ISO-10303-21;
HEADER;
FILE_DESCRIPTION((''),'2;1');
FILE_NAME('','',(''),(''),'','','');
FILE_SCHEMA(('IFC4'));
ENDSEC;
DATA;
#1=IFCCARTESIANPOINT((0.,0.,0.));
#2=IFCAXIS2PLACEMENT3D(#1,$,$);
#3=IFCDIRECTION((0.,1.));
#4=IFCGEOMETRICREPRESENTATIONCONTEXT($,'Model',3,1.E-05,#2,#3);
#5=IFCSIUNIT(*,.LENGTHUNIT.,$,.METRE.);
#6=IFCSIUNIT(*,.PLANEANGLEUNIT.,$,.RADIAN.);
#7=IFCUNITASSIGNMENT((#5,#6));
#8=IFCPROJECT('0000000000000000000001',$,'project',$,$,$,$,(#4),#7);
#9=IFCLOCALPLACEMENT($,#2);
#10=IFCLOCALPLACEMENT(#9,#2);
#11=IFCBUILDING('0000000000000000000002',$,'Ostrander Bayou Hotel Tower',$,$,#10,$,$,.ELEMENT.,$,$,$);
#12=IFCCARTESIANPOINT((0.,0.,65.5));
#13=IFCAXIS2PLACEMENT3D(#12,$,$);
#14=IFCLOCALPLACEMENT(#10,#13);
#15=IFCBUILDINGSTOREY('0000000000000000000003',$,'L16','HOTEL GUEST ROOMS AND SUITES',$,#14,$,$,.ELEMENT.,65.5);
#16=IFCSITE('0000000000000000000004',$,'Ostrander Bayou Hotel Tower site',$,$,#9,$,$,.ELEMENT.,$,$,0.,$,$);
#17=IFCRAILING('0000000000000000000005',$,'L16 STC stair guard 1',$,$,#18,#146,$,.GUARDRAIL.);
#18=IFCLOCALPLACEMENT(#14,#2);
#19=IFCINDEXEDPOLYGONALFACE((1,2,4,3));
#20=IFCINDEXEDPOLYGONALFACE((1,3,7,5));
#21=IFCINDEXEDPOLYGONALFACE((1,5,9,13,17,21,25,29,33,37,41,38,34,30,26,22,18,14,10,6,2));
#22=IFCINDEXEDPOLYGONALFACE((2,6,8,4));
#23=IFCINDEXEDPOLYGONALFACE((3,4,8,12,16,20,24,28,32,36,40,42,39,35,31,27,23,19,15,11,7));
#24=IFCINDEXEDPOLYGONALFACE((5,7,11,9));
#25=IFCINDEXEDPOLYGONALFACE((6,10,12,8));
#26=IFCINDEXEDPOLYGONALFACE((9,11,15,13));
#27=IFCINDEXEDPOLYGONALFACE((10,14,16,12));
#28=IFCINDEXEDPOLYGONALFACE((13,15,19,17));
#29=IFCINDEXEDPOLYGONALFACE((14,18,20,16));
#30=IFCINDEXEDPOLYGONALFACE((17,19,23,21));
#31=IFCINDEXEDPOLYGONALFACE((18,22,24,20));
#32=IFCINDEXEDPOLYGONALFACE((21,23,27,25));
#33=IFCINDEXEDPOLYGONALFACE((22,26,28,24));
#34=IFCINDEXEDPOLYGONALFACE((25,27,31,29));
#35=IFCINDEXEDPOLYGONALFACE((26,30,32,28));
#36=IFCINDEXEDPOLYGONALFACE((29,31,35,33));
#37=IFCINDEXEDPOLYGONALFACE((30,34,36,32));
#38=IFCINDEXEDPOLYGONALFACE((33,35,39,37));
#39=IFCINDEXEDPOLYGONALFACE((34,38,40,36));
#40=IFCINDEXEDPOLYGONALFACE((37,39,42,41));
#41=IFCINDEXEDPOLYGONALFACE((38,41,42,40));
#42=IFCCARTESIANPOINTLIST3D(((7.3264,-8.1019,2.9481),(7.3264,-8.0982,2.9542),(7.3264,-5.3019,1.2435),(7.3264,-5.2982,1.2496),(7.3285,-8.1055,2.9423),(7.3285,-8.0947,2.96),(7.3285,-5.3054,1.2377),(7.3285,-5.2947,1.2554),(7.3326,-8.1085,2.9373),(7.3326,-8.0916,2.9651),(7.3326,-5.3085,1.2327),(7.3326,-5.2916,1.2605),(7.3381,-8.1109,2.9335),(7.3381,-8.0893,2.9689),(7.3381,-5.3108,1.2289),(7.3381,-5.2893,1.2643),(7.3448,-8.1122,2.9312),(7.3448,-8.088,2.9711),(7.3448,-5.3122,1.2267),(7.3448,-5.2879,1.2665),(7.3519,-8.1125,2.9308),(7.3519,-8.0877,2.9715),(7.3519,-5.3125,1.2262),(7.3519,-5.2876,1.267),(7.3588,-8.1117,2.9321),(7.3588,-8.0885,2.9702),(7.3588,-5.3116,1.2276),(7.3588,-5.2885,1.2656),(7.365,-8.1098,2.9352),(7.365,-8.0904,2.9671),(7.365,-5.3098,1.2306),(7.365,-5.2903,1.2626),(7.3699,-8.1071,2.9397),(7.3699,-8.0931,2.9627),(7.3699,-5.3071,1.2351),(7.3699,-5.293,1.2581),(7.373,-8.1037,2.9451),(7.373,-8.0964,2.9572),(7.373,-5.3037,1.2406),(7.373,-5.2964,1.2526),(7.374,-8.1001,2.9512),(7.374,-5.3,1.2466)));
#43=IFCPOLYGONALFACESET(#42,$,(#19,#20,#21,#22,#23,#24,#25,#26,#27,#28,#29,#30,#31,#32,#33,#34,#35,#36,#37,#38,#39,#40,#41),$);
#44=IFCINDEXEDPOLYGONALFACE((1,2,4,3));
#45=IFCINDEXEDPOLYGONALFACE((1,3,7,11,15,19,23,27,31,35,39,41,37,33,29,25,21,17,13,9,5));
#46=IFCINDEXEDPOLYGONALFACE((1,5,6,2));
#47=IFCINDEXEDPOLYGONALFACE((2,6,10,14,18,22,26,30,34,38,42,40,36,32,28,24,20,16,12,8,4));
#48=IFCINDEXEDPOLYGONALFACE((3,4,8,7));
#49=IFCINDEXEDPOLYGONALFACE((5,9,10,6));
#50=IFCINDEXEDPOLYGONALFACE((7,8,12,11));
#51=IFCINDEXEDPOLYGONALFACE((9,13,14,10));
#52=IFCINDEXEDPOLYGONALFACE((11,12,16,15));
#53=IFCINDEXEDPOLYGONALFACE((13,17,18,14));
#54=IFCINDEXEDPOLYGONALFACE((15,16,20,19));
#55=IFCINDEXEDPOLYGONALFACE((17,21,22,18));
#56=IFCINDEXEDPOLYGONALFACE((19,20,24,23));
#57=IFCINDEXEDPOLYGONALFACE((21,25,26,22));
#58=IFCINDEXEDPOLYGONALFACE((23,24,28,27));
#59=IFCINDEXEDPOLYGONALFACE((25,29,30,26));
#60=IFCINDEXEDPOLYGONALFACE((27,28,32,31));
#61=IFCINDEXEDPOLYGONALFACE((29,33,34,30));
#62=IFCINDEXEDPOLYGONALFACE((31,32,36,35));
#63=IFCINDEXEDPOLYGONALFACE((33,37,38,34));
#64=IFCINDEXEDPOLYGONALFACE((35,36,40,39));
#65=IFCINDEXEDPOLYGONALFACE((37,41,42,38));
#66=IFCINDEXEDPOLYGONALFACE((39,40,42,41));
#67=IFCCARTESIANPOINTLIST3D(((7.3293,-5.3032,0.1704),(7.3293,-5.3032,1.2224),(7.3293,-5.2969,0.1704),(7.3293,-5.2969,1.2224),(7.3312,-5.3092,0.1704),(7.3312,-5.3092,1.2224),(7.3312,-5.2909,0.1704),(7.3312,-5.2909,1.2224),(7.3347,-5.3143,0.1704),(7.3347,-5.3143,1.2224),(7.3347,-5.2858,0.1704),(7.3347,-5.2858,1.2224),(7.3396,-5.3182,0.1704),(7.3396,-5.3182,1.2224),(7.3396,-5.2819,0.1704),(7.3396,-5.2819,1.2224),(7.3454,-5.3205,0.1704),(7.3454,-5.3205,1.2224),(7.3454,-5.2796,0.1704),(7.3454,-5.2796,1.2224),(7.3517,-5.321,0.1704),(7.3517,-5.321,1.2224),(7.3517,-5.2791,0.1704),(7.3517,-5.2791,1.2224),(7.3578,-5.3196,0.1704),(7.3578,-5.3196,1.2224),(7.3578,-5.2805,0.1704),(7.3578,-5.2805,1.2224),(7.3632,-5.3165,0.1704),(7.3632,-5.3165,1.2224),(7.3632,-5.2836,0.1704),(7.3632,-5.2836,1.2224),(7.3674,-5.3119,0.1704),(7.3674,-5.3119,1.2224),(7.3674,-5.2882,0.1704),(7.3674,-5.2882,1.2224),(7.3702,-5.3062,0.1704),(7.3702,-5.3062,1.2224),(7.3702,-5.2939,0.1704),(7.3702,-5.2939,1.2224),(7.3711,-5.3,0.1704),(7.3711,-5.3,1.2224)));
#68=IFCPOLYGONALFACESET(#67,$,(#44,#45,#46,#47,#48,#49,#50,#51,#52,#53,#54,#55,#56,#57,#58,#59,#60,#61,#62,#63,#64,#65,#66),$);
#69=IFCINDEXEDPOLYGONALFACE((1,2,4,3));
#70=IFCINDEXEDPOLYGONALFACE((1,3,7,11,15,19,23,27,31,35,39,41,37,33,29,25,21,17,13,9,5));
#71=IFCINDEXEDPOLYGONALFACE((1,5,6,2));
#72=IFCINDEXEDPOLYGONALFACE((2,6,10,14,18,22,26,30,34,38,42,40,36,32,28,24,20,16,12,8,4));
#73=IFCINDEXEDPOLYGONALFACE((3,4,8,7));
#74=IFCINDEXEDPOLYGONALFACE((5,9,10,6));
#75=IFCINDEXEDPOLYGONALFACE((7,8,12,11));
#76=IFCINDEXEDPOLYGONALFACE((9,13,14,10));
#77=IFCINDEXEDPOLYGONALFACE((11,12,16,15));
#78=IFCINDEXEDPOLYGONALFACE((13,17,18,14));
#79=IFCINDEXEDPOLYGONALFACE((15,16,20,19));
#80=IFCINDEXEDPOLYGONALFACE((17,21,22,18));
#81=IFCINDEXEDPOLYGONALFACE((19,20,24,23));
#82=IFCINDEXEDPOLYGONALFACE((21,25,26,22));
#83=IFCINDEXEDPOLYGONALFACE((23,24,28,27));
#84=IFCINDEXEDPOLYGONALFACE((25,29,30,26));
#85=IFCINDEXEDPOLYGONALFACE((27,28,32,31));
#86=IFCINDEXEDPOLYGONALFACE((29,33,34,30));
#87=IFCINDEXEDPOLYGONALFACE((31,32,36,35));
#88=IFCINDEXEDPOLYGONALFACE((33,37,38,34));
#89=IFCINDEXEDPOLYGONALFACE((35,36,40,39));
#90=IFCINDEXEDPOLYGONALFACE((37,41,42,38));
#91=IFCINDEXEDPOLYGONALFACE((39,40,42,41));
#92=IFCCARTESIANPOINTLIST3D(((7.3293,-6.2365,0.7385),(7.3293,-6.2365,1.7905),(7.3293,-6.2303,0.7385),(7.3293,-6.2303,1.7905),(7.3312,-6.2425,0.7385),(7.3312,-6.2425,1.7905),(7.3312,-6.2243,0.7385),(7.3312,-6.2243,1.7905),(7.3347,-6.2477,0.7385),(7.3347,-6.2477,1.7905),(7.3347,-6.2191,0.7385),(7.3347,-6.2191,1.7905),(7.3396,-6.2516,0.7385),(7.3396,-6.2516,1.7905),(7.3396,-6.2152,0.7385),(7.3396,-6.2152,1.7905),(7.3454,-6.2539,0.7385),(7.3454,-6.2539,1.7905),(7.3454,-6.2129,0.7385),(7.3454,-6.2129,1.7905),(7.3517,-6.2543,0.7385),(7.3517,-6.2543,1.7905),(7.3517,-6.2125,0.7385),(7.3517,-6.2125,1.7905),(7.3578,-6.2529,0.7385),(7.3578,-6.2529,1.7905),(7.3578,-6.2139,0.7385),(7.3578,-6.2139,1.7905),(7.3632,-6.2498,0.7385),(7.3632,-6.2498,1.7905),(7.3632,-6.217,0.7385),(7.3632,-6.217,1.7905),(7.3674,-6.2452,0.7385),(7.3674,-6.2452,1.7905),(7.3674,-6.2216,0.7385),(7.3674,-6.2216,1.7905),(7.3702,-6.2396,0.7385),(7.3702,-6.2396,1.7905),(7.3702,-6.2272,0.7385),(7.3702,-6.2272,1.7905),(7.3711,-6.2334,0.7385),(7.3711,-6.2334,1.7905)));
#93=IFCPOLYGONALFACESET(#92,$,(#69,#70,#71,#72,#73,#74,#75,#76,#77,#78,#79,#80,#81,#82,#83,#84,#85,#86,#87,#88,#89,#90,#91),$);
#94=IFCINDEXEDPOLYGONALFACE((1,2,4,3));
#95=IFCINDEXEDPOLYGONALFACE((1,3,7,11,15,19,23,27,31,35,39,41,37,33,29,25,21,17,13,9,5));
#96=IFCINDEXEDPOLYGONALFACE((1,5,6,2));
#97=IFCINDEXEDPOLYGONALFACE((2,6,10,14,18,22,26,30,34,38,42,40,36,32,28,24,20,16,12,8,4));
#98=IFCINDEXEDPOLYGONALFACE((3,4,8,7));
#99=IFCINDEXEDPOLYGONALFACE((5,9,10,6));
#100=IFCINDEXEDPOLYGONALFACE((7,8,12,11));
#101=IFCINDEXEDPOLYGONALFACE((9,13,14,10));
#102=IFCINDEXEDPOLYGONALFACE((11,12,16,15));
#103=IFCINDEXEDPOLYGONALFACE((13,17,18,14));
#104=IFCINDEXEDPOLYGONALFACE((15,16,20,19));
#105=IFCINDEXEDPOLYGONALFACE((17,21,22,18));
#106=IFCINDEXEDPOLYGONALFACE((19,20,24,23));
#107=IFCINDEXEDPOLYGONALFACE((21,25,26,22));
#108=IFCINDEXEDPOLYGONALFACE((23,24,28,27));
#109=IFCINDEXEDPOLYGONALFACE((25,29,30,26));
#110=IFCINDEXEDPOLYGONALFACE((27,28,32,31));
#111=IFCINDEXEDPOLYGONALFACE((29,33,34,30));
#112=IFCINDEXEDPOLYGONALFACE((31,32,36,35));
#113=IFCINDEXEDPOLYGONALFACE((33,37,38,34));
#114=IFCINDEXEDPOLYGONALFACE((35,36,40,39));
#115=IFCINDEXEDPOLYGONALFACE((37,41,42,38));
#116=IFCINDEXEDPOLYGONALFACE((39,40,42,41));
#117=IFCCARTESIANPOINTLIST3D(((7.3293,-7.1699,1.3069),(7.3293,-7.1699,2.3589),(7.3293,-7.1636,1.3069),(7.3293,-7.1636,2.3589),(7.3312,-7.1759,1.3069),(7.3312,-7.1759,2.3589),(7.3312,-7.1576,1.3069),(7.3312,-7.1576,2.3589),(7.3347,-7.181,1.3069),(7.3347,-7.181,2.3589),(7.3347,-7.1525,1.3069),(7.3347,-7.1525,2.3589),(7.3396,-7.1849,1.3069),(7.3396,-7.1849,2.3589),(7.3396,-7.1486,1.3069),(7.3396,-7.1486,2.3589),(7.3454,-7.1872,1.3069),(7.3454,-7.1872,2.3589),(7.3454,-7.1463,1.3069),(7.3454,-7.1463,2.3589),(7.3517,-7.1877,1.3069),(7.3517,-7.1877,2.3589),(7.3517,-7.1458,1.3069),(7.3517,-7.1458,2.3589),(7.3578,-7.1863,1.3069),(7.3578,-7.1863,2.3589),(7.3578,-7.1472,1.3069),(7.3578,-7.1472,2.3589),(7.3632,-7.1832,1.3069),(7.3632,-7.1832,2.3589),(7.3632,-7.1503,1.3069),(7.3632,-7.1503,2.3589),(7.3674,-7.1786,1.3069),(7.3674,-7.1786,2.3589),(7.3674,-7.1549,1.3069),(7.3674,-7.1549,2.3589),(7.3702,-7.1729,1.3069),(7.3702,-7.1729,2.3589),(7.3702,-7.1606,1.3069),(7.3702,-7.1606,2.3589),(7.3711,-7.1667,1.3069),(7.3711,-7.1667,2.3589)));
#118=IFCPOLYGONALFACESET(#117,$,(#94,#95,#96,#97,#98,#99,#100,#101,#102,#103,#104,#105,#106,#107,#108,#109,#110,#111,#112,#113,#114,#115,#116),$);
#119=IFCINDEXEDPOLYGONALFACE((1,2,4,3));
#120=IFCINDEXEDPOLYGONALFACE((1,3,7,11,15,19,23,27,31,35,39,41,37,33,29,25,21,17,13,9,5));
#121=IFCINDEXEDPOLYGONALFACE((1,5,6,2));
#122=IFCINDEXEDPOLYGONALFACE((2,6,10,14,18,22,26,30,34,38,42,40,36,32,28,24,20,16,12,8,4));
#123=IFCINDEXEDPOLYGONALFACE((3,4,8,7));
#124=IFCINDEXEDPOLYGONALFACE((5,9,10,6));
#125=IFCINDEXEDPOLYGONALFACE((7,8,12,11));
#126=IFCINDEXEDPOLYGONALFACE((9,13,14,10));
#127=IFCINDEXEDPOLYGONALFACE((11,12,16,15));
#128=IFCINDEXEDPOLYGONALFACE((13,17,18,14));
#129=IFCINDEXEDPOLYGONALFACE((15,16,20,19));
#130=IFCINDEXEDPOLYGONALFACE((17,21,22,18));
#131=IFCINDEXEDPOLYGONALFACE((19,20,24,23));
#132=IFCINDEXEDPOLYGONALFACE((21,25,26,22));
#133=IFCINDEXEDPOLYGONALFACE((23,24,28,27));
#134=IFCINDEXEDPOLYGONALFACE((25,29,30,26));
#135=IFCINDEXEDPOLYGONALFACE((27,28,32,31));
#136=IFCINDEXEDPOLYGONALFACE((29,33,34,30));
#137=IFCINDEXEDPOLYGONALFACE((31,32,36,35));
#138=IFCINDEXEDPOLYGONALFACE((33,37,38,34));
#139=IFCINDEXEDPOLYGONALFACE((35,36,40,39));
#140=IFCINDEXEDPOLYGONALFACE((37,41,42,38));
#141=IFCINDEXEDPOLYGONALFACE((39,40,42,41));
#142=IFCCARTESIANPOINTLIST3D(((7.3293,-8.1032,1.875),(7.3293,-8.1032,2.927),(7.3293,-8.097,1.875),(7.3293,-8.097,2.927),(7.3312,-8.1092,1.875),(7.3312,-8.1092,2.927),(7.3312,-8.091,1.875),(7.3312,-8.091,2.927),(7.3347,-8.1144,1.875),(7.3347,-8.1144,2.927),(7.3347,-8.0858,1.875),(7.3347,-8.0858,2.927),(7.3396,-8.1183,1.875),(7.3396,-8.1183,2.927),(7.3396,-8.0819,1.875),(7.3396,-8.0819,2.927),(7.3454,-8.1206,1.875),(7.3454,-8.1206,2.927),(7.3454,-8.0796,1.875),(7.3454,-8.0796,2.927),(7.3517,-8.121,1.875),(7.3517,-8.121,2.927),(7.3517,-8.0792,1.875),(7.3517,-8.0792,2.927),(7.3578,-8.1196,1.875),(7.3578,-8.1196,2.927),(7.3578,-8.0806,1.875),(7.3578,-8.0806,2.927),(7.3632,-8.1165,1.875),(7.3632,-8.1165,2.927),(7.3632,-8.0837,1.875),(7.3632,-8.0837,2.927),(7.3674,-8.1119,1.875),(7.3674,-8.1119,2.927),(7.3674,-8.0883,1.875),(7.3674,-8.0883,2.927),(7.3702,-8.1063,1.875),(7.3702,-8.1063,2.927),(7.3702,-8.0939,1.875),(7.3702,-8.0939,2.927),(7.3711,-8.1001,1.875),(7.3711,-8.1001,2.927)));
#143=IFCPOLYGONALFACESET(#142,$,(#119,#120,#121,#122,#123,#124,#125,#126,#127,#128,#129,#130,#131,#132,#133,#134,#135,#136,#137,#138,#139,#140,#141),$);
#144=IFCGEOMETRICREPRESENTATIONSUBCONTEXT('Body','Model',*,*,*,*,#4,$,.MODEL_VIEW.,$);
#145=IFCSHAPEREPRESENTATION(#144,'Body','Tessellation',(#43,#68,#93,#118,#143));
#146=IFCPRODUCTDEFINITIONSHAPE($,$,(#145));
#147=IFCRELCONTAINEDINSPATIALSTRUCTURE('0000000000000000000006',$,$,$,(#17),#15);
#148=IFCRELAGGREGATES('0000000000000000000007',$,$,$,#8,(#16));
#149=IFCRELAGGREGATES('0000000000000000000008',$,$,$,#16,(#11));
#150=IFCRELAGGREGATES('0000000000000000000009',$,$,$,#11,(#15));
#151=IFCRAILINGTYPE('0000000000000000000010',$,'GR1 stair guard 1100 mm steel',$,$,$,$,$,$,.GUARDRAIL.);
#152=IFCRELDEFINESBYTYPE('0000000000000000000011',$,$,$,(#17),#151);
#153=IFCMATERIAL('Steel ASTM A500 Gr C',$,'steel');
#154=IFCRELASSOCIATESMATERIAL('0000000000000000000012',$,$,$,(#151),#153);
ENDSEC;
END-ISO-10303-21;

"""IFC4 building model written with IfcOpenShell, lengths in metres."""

from ifc_helpers import new_model, si_unit, direction, frame, origin, origin_2d, place, context, subcontext, project, spatial, circle, extrude, material, type_object, element, save


model = new_model("IFC4")

# Units and contexts
model_context = context("Model", 3, precision=1e-05, world=origin(), true_north=direction((0.0, 1.0)))
body_context = subcontext(model_context, "Body", "Model", "MODEL_VIEW")
ifc_project = project(units=[si_unit("LENGTHUNIT", "METRE"), si_unit("PLANEANGLEUNIT", "RADIAN")], contexts=[model_context])

# Site, building, storey
site_placement = place(None, origin())
site = spatial("IfcSite", under=ifc_project, at=site_placement, Name="Ostrander Bayou Hotel Tower site", CompositionType="ELEMENT", RefElevation=0.0)
building_placement = place(site_placement, origin())
building = spatial("IfcBuilding", under=site, at=building_placement, Name="Ostrander Bayou Hotel Tower", CompositionType="ELEMENT")
storey_placement = place(building_placement, frame((0.0, 0.0, 65.5)))
storey = spatial("IfcBuildingStorey", under=building, at=storey_placement, Name="L16", Description="HOTEL GUEST ROOMS AND SUITES", CompositionType="ELEMENT", Elevation=65.5)

# Railing
ifc_material_1 = material(Name="Steel ASTM A500 Gr C", Category="steel")
railing_type_1 = type_object("IfcRailingType", Name="GR1 stair guard 1100 mm steel", PredefinedType="GUARDRAIL", material=ifc_material_1)
railing_1_placement = place(storey_placement, frame((7.3501, -5.3, 0.1704)))
element("IfcRailing", 1, at=railing_1_placement, inside=storey, type_object=railing_type_1, Name="L16 STC stair guard 1", PredefinedType="GUARDRAIL", context=body_context, shape_type="SweptSolid", body=[
    extrude(circle(Radius=0.0239, at=origin_2d()), frame((0.0, 0.0, 1.0762), z_axis=(0.0, -0.85417, 0.519994), x_axis=(1.0, 0.0, 0.0)), (0.0, 0.0, 1.0), 3.2781),
    extrude(circle(Radius=0.021, at=origin_2d()), origin(), (0.0, 0.0, 1.0), 1.052),
    extrude(circle(Radius=0.021, at=origin_2d()), frame((0.0, -0.9333, 0.5681)), (0.0, 0.0, 1.0), 1.052),
    extrude(circle(Radius=0.021, at=origin_2d()), frame((0.0, -1.8667, 1.1365)), (0.0, 0.0, 1.0), 1.052),
    extrude(circle(Radius=0.021, at=origin_2d()), frame((0.0, -2.8, 1.7046)), (0.0, 0.0, 1.0), 1.052),
])

save(model, "model.ifc")
